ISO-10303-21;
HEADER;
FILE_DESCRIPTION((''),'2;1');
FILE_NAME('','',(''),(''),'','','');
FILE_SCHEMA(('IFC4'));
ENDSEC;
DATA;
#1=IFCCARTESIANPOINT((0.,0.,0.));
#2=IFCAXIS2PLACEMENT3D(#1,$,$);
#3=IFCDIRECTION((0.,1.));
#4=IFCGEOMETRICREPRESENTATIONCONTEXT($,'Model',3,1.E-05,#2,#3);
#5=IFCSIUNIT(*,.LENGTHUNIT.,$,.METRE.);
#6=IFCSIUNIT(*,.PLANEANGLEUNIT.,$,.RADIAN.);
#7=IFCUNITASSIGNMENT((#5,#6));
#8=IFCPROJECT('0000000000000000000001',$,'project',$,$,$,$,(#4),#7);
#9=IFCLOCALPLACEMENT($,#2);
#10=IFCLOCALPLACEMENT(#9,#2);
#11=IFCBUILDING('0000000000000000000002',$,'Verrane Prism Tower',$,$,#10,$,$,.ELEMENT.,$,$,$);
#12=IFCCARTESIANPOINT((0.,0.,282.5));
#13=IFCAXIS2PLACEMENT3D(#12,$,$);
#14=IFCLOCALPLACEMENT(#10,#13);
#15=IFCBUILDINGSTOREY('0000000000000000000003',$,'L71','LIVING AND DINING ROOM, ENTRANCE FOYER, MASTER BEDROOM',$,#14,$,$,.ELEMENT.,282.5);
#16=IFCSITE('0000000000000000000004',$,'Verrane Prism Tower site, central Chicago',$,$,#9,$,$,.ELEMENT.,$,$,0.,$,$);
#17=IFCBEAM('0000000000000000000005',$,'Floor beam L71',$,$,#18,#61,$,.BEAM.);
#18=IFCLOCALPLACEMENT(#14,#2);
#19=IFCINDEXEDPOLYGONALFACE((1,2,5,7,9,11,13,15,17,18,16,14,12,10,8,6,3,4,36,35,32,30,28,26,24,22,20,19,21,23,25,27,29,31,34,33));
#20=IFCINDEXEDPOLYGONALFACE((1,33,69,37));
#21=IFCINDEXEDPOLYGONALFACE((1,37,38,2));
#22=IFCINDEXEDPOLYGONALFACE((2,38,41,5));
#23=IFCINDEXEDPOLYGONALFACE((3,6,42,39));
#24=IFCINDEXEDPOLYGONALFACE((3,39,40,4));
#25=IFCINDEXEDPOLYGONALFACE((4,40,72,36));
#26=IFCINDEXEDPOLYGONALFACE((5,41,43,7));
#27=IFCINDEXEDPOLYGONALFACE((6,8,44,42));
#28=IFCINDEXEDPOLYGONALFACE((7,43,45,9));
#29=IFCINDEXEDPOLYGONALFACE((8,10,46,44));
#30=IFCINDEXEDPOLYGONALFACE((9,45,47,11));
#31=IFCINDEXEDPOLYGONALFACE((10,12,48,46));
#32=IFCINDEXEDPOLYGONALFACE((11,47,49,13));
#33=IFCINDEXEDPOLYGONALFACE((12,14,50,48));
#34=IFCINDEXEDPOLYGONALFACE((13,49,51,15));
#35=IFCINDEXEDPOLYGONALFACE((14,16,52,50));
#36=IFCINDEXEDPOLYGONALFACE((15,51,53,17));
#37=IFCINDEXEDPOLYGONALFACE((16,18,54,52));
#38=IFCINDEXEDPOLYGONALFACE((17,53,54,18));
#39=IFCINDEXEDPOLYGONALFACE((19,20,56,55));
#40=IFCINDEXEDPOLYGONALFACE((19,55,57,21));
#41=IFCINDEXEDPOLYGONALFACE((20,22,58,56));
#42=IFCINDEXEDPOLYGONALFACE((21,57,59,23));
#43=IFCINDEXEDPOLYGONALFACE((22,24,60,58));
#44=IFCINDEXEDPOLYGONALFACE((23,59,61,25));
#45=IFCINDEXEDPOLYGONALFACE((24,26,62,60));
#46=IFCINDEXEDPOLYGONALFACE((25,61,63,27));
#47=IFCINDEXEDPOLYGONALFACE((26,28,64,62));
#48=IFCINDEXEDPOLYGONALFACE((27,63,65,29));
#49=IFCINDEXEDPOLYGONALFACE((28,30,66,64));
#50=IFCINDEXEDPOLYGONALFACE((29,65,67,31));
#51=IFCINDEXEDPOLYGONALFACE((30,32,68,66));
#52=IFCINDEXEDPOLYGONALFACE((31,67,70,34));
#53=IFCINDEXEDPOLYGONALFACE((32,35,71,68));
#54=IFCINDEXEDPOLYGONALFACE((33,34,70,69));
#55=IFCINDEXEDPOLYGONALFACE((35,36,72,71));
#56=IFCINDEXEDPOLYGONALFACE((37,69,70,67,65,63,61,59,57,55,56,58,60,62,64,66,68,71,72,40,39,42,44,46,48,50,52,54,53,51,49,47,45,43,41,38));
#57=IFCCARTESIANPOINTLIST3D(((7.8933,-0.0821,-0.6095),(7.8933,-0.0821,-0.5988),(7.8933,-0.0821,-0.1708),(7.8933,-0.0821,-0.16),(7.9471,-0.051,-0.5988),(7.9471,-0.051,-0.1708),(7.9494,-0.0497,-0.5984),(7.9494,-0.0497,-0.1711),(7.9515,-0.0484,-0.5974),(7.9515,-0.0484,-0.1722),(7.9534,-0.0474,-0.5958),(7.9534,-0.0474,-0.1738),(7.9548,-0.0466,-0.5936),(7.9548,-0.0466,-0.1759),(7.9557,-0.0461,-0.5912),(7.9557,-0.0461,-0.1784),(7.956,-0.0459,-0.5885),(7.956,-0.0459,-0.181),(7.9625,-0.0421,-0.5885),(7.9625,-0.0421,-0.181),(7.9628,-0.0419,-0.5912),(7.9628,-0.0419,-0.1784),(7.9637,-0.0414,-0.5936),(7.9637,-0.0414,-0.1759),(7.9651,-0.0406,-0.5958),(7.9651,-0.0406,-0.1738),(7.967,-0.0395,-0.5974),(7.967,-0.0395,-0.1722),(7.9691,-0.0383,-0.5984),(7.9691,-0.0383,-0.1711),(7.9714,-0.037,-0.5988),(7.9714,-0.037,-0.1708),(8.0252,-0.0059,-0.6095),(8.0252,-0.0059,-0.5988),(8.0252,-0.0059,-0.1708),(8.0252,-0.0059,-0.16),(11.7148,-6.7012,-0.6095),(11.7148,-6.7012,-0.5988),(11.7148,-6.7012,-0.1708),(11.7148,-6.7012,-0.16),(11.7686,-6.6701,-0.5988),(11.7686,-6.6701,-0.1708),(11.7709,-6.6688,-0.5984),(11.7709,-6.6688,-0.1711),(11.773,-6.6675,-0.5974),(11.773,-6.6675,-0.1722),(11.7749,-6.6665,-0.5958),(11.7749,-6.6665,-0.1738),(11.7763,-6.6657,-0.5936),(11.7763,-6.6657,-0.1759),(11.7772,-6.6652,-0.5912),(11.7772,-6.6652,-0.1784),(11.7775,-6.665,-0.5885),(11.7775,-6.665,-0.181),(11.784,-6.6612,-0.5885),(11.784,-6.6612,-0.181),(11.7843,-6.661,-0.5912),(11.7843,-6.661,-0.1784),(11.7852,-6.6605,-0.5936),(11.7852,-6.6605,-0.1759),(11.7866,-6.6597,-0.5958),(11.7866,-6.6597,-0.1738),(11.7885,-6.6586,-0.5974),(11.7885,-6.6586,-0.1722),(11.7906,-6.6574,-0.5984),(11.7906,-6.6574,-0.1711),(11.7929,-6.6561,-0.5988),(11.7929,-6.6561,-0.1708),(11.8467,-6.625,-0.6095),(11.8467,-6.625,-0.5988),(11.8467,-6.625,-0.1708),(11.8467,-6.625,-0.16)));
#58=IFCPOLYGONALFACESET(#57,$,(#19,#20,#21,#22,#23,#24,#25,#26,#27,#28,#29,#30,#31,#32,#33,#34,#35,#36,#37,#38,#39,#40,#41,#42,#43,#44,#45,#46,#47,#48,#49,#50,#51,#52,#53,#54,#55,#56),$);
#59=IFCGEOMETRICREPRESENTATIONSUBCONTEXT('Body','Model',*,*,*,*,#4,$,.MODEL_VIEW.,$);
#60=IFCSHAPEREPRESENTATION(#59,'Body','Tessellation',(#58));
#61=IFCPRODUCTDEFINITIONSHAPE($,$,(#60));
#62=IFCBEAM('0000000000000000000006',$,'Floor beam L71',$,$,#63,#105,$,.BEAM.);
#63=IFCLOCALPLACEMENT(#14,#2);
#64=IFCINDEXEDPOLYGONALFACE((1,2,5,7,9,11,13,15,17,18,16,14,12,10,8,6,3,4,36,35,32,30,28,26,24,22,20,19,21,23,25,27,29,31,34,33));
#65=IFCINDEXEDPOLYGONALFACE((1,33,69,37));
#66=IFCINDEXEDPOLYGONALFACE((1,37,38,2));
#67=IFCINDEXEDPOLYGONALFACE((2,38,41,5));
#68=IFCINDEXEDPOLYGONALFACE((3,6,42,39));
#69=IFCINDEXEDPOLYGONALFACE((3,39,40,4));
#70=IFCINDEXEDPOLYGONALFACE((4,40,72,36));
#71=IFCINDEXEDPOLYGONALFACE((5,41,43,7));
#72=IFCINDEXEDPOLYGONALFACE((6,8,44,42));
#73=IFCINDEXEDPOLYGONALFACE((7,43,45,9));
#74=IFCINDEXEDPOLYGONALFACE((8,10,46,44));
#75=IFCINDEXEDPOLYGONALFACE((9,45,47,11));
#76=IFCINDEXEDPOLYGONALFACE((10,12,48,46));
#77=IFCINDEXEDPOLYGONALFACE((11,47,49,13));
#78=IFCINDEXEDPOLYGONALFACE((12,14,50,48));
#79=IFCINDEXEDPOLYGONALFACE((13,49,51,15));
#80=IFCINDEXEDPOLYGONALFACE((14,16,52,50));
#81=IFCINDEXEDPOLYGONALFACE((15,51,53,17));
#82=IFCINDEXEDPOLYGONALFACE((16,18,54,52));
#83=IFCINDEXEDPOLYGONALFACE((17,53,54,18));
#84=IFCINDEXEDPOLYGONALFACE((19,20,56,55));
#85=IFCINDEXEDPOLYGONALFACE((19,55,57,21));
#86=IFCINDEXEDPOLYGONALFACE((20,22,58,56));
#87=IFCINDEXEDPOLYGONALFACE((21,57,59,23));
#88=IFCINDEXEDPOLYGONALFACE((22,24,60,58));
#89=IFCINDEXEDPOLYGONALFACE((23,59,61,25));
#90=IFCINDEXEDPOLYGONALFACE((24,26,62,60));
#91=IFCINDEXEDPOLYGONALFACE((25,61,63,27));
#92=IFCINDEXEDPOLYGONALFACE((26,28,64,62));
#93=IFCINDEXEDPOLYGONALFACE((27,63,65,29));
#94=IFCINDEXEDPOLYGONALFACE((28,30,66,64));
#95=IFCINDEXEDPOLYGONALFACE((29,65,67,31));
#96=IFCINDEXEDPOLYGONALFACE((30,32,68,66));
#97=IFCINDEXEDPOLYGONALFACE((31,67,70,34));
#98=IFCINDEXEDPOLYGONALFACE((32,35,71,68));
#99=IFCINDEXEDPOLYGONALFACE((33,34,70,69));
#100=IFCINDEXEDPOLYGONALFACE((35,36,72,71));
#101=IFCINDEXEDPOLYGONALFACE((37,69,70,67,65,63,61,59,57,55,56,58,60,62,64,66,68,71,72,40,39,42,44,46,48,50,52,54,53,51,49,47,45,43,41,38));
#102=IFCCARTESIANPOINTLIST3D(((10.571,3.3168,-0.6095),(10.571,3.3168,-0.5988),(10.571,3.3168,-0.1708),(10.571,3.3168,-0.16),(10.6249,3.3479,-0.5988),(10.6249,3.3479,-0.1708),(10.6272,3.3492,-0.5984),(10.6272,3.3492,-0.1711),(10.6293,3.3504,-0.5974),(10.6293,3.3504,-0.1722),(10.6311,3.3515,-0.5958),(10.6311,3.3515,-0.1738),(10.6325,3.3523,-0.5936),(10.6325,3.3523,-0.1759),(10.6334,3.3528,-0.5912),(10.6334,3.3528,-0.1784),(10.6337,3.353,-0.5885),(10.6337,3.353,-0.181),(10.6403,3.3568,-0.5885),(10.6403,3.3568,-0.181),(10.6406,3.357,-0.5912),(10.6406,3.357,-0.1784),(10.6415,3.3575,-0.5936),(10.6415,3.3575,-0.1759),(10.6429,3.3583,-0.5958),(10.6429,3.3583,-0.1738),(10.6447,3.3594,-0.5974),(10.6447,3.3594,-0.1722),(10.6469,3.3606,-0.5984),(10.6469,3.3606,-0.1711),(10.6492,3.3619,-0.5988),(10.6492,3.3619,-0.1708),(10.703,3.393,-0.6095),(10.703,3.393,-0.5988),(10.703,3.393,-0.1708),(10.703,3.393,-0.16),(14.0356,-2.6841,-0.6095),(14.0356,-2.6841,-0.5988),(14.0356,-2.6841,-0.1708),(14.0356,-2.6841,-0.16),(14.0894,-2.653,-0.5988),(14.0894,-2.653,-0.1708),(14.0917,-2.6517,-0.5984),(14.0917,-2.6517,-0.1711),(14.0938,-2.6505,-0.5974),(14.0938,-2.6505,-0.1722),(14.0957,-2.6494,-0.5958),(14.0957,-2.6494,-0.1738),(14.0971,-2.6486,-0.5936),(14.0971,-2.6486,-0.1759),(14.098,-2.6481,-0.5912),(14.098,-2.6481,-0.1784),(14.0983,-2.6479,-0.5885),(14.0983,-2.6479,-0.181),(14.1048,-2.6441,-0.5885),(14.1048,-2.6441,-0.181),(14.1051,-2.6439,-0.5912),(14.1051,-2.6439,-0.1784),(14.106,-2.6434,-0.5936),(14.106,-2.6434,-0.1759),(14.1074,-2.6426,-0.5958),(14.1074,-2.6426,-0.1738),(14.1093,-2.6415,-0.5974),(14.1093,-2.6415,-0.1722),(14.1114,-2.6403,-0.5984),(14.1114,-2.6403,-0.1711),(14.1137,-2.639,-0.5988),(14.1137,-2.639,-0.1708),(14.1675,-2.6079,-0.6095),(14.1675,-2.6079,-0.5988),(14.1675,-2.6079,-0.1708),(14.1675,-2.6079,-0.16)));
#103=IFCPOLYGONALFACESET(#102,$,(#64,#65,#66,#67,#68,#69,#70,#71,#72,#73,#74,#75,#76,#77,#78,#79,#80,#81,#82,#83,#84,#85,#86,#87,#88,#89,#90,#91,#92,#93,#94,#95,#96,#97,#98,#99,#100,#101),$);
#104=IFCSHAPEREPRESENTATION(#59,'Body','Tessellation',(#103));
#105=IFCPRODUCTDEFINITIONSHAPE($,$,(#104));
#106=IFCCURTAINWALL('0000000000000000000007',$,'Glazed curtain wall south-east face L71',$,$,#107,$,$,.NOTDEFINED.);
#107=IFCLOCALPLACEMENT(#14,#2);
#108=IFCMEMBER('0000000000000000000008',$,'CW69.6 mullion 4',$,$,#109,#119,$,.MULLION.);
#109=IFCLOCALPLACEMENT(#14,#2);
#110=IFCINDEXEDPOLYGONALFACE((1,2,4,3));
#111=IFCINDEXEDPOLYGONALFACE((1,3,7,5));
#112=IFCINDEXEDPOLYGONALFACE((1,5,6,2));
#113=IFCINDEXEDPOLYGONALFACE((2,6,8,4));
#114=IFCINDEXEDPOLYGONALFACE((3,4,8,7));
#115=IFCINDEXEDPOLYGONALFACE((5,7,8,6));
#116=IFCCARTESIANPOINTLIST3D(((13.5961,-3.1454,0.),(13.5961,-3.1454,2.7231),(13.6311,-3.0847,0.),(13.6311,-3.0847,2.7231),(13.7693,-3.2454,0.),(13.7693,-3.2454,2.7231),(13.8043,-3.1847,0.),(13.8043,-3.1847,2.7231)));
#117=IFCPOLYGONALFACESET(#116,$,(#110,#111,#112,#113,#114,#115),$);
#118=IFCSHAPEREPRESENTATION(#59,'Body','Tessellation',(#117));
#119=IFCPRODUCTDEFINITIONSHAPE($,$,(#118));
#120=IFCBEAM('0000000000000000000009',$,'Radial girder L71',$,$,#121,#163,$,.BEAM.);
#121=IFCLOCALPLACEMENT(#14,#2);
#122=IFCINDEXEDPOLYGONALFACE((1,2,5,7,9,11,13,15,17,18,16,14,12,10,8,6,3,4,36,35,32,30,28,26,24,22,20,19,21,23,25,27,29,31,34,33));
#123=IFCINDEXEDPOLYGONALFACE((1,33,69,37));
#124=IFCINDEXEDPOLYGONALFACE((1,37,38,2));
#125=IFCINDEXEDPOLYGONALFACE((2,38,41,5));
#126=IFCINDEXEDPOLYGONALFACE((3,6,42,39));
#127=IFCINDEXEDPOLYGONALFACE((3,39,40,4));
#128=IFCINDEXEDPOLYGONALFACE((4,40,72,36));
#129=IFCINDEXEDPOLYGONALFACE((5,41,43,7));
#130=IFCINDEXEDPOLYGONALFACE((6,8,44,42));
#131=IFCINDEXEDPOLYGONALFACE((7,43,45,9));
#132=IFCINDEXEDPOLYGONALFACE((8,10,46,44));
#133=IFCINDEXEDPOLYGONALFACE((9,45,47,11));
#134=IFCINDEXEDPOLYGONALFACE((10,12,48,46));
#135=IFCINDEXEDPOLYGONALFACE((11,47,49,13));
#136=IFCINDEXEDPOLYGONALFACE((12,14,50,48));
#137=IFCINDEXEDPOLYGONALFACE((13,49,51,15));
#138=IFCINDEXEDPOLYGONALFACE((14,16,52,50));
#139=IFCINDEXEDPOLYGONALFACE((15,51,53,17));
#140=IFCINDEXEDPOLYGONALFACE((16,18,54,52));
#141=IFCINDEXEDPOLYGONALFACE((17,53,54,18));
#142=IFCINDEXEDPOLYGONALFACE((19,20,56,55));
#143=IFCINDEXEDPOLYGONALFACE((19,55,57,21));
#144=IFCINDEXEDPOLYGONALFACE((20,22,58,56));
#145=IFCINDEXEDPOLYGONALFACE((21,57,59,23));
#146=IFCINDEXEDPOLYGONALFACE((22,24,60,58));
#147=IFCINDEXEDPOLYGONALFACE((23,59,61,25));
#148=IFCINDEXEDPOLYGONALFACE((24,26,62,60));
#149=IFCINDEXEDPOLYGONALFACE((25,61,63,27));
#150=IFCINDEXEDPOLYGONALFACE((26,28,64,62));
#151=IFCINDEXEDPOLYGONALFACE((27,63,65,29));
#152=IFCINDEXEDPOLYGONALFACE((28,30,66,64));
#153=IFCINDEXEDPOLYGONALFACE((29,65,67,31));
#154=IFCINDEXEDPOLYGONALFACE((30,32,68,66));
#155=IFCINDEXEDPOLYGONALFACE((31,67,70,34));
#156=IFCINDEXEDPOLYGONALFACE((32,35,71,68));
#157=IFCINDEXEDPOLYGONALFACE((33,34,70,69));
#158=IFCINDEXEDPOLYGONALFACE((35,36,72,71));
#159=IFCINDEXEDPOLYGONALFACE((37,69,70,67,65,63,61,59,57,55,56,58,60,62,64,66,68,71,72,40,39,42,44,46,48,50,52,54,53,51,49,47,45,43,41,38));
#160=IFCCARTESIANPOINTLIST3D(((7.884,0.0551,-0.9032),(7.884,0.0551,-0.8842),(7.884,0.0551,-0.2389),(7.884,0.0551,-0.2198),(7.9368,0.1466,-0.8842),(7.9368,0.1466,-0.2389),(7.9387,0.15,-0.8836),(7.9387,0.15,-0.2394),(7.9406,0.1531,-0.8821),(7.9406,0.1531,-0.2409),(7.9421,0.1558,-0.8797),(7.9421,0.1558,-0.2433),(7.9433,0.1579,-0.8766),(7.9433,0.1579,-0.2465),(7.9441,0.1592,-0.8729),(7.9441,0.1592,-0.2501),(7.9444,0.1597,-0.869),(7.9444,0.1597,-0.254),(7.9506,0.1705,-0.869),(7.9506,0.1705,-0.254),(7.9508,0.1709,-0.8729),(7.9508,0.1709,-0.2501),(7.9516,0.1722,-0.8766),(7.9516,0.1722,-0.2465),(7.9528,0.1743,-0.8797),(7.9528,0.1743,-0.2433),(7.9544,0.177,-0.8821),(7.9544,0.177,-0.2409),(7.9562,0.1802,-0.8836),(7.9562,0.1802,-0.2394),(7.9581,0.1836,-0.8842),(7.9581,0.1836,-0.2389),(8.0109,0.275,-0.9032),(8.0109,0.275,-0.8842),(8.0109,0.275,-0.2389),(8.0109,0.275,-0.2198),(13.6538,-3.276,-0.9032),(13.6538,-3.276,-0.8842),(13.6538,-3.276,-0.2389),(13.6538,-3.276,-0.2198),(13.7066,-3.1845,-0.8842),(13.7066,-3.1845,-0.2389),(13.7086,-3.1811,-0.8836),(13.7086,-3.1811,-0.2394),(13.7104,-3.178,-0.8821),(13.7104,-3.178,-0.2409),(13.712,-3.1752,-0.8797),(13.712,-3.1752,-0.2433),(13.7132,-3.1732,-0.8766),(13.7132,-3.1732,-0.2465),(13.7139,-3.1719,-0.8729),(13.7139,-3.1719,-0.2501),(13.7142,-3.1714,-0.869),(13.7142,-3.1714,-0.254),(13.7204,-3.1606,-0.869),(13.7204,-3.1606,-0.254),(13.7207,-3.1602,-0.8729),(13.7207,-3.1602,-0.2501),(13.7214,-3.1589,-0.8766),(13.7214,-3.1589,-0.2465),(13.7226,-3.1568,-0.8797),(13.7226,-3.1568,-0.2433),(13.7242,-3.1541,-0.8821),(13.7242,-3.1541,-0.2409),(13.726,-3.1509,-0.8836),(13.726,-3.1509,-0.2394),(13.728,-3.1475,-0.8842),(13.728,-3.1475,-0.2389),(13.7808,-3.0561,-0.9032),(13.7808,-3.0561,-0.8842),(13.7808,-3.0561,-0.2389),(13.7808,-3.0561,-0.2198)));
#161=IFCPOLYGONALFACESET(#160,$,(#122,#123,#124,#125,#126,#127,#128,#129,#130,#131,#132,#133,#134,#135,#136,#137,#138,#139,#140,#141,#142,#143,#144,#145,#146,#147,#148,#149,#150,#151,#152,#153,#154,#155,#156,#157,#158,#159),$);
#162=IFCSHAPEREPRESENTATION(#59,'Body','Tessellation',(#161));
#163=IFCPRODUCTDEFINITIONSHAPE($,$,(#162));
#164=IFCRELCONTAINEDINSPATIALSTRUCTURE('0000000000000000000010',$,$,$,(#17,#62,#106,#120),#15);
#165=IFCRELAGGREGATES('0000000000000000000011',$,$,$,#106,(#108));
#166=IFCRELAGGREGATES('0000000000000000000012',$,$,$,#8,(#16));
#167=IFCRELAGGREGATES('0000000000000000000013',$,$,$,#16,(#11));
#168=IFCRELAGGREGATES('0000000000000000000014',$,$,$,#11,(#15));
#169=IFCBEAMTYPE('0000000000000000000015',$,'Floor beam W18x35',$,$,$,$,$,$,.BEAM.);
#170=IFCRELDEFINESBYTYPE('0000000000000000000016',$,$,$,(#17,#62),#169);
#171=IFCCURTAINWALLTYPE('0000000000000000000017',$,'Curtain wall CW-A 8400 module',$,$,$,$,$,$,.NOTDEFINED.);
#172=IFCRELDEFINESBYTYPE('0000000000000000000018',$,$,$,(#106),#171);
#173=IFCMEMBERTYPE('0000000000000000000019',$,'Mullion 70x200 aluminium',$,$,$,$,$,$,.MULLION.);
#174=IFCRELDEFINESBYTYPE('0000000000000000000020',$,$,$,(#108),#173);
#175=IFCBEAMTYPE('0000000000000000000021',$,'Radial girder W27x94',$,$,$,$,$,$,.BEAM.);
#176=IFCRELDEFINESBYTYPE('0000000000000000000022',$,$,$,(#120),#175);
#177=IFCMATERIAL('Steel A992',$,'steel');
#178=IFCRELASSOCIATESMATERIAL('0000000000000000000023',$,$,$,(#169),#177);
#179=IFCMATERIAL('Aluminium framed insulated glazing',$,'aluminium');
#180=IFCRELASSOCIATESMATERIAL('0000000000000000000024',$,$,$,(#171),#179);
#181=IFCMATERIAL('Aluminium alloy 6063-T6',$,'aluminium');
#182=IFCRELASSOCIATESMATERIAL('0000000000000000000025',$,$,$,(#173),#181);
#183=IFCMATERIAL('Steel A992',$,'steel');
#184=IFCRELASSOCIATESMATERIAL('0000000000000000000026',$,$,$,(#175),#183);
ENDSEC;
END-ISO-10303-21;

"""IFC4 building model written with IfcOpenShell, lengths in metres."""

from ifc_helpers import new_model, si_unit, direction, frame, origin, origin_2d, place, context, subcontext, project, spatial, rectangle, i_section, extrude, material, material_profile, profile_set, type_object, element, aggregate, save


model = new_model("IFC4")

# Units and contexts
model_context = context("Model", 3, precision=1e-05, world=origin(), true_north=direction((0.0, 1.0)))
body_context = subcontext(model_context, "Body", "Model", "MODEL_VIEW")
ifc_project = project(units=[si_unit("LENGTHUNIT", "METRE"), si_unit("PLANEANGLEUNIT", "RADIAN")], contexts=[model_context])

# Site, building, storey
site_placement = place(None, origin())
site = spatial("IfcSite", under=ifc_project, at=site_placement, Name="Verrane Prism Tower site, central Chicago", CompositionType="ELEMENT", RefElevation=0.0)
building_placement = place(site_placement, origin())
building = spatial("IfcBuilding", under=site, at=building_placement, Name="Verrane Prism Tower", CompositionType="ELEMENT")
storey_placement = place(building_placement, frame((0.0, 0.0, 282.5)))
storey = spatial("IfcBuildingStorey", under=building, at=storey_placement, Name="L71", Description="LIVING AND DINING ROOM, ENTRANCE FOYER, MASTER BEDROOM", CompositionType="ELEMENT", Elevation=282.5)

# Beams
ifc_material_1 = material(Name="Steel A992", Category="steel")
ifc_material_profile_1 = material_profile(ifc_material_1, i_section(OverallWidth=0.1523, OverallDepth=0.4495, WebThickness=0.0076, FlangeThickness=0.0107, FilletRadius=0.0103, at=origin_2d()), Name="W18x35")
ifc_profile_set_1 = profile_set([ifc_material_profile_1], Name="Steel A992")
beam_type_1 = type_object("IfcBeamType", Name="Floor beam W18x35", PredefinedType="BEAM", material=ifc_profile_set_1)
beam_1_placement = place(storey_placement, frame((11.7808, -6.6631, -0.3848), z_axis=(-0.499997, 0.866027, 0.0), x_axis=(-0.866027, -0.499997, 0.0)))
element("IfcBeam", 1, at=beam_1_placement, inside=storey, type_object=beam_type_1, Name="Floor beam L71", PredefinedType="BEAM", context=body_context, shape_type="SweptSolid", body=[
    extrude(i_section(OverallWidth=0.1523, OverallDepth=0.4495, WebThickness=0.0076, FlangeThickness=0.0107, FilletRadius=0.0103, at=origin_2d()), origin(), (0.0, 0.0, 1.0), 7.6431),
])
beam_2_placement = place(storey_placement, frame((14.1016, -2.646, -0.3848), z_axis=(-0.499993, 0.86603, 0.0), x_axis=(-0.86603, -0.499993, 0.0)))
element("IfcBeam", 2, at=beam_2_placement, inside=storey, type_object=beam_type_1, Name="Floor beam L71", PredefinedType="BEAM", context=body_context, shape_type="SweptSolid", body=[
    extrude(i_section(OverallWidth=0.1523, OverallDepth=0.4495, WebThickness=0.0076, FlangeThickness=0.0107, FilletRadius=0.0103, at=origin_2d()), origin(), (0.0, 0.0, 1.0), 6.9292),
])

# Curtain wall, member
ifc_material_2 = material(Name="Aluminium framed insulated glazing", Category="aluminium")
curtain_wall_type = type_object("IfcCurtainWallType", Name="Curtain wall CW-A 8400 module", PredefinedType="NOTDEFINED", material=ifc_material_2)
curtain_wall_placement = place(storey_placement, origin())
curtain_wall = element("IfcCurtainWall", 3, at=curtain_wall_placement, inside=storey, type_object=curtain_wall_type, Name="Glazed curtain wall south-east face L71", PredefinedType="NOTDEFINED")
ifc_material_3 = material(Name="Aluminium alloy 6063-T6", Category="aluminium")
ifc_material_profile_2 = material_profile(ifc_material_3, rectangle(XDim=0.2, YDim=0.0701, at=origin_2d()), Name="Mullion 70x200 aluminium")
ifc_profile_set_2 = profile_set([ifc_material_profile_2], Name="Aluminium alloy 6063-T6")
member_type_1 = type_object("IfcMemberType", Name="Mullion 70x200 aluminium", PredefinedType="MULLION", material=ifc_profile_set_2)
member_1_placement = place(storey_placement, frame((13.7002, -3.165, 0.0), z_axis=(0.0, 0.0, 1.0), x_axis=(-0.866025, 0.500001, 0.0)))
member_1 = element("IfcMember", 4, at=member_1_placement, type_object=member_type_1, Name="CW69.6 mullion 4", PredefinedType="MULLION", context=body_context, shape_type="SweptSolid", body=[
    extrude(rectangle(XDim=0.2, YDim=0.0701, at=origin_2d()), origin(), (0.0, 0.0, 1.0), 2.7231),
])

# Beam
ifc_material_4 = material(Name="Steel A992", Category="steel")
ifc_material_profile_3 = material_profile(ifc_material_4, i_section(OverallWidth=0.2539, OverallDepth=0.6833, WebThickness=0.0125, FlangeThickness=0.019, FilletRadius=0.0151, at=origin_2d()), Name="W27x94")
ifc_profile_set_3 = profile_set([ifc_material_profile_3], Name="Steel A992")
beam_type_2 = type_object("IfcBeamType", Name="Radial girder W27x94", PredefinedType="BEAM", material=ifc_profile_set_3)
beam_3_placement = place(storey_placement, frame((13.7173, -3.166, -0.5615), z_axis=(-0.866034, 0.499986, 0.0), x_axis=(-0.499986, -0.866034, 0.0)))
element("IfcBeam", 5, at=beam_3_placement, inside=storey, type_object=beam_type_2, Name="Radial girder L71", PredefinedType="BEAM", context=body_context, shape_type="SweptSolid", body=[
    extrude(i_section(OverallWidth=0.2539, OverallDepth=0.6833, WebThickness=0.0125, FlangeThickness=0.019, FilletRadius=0.0151, at=origin_2d()), origin(), (0.0, 0.0, 1.0), 6.6624),
])

aggregate(curtain_wall, [member_1])

save(model, "model.ifc")
